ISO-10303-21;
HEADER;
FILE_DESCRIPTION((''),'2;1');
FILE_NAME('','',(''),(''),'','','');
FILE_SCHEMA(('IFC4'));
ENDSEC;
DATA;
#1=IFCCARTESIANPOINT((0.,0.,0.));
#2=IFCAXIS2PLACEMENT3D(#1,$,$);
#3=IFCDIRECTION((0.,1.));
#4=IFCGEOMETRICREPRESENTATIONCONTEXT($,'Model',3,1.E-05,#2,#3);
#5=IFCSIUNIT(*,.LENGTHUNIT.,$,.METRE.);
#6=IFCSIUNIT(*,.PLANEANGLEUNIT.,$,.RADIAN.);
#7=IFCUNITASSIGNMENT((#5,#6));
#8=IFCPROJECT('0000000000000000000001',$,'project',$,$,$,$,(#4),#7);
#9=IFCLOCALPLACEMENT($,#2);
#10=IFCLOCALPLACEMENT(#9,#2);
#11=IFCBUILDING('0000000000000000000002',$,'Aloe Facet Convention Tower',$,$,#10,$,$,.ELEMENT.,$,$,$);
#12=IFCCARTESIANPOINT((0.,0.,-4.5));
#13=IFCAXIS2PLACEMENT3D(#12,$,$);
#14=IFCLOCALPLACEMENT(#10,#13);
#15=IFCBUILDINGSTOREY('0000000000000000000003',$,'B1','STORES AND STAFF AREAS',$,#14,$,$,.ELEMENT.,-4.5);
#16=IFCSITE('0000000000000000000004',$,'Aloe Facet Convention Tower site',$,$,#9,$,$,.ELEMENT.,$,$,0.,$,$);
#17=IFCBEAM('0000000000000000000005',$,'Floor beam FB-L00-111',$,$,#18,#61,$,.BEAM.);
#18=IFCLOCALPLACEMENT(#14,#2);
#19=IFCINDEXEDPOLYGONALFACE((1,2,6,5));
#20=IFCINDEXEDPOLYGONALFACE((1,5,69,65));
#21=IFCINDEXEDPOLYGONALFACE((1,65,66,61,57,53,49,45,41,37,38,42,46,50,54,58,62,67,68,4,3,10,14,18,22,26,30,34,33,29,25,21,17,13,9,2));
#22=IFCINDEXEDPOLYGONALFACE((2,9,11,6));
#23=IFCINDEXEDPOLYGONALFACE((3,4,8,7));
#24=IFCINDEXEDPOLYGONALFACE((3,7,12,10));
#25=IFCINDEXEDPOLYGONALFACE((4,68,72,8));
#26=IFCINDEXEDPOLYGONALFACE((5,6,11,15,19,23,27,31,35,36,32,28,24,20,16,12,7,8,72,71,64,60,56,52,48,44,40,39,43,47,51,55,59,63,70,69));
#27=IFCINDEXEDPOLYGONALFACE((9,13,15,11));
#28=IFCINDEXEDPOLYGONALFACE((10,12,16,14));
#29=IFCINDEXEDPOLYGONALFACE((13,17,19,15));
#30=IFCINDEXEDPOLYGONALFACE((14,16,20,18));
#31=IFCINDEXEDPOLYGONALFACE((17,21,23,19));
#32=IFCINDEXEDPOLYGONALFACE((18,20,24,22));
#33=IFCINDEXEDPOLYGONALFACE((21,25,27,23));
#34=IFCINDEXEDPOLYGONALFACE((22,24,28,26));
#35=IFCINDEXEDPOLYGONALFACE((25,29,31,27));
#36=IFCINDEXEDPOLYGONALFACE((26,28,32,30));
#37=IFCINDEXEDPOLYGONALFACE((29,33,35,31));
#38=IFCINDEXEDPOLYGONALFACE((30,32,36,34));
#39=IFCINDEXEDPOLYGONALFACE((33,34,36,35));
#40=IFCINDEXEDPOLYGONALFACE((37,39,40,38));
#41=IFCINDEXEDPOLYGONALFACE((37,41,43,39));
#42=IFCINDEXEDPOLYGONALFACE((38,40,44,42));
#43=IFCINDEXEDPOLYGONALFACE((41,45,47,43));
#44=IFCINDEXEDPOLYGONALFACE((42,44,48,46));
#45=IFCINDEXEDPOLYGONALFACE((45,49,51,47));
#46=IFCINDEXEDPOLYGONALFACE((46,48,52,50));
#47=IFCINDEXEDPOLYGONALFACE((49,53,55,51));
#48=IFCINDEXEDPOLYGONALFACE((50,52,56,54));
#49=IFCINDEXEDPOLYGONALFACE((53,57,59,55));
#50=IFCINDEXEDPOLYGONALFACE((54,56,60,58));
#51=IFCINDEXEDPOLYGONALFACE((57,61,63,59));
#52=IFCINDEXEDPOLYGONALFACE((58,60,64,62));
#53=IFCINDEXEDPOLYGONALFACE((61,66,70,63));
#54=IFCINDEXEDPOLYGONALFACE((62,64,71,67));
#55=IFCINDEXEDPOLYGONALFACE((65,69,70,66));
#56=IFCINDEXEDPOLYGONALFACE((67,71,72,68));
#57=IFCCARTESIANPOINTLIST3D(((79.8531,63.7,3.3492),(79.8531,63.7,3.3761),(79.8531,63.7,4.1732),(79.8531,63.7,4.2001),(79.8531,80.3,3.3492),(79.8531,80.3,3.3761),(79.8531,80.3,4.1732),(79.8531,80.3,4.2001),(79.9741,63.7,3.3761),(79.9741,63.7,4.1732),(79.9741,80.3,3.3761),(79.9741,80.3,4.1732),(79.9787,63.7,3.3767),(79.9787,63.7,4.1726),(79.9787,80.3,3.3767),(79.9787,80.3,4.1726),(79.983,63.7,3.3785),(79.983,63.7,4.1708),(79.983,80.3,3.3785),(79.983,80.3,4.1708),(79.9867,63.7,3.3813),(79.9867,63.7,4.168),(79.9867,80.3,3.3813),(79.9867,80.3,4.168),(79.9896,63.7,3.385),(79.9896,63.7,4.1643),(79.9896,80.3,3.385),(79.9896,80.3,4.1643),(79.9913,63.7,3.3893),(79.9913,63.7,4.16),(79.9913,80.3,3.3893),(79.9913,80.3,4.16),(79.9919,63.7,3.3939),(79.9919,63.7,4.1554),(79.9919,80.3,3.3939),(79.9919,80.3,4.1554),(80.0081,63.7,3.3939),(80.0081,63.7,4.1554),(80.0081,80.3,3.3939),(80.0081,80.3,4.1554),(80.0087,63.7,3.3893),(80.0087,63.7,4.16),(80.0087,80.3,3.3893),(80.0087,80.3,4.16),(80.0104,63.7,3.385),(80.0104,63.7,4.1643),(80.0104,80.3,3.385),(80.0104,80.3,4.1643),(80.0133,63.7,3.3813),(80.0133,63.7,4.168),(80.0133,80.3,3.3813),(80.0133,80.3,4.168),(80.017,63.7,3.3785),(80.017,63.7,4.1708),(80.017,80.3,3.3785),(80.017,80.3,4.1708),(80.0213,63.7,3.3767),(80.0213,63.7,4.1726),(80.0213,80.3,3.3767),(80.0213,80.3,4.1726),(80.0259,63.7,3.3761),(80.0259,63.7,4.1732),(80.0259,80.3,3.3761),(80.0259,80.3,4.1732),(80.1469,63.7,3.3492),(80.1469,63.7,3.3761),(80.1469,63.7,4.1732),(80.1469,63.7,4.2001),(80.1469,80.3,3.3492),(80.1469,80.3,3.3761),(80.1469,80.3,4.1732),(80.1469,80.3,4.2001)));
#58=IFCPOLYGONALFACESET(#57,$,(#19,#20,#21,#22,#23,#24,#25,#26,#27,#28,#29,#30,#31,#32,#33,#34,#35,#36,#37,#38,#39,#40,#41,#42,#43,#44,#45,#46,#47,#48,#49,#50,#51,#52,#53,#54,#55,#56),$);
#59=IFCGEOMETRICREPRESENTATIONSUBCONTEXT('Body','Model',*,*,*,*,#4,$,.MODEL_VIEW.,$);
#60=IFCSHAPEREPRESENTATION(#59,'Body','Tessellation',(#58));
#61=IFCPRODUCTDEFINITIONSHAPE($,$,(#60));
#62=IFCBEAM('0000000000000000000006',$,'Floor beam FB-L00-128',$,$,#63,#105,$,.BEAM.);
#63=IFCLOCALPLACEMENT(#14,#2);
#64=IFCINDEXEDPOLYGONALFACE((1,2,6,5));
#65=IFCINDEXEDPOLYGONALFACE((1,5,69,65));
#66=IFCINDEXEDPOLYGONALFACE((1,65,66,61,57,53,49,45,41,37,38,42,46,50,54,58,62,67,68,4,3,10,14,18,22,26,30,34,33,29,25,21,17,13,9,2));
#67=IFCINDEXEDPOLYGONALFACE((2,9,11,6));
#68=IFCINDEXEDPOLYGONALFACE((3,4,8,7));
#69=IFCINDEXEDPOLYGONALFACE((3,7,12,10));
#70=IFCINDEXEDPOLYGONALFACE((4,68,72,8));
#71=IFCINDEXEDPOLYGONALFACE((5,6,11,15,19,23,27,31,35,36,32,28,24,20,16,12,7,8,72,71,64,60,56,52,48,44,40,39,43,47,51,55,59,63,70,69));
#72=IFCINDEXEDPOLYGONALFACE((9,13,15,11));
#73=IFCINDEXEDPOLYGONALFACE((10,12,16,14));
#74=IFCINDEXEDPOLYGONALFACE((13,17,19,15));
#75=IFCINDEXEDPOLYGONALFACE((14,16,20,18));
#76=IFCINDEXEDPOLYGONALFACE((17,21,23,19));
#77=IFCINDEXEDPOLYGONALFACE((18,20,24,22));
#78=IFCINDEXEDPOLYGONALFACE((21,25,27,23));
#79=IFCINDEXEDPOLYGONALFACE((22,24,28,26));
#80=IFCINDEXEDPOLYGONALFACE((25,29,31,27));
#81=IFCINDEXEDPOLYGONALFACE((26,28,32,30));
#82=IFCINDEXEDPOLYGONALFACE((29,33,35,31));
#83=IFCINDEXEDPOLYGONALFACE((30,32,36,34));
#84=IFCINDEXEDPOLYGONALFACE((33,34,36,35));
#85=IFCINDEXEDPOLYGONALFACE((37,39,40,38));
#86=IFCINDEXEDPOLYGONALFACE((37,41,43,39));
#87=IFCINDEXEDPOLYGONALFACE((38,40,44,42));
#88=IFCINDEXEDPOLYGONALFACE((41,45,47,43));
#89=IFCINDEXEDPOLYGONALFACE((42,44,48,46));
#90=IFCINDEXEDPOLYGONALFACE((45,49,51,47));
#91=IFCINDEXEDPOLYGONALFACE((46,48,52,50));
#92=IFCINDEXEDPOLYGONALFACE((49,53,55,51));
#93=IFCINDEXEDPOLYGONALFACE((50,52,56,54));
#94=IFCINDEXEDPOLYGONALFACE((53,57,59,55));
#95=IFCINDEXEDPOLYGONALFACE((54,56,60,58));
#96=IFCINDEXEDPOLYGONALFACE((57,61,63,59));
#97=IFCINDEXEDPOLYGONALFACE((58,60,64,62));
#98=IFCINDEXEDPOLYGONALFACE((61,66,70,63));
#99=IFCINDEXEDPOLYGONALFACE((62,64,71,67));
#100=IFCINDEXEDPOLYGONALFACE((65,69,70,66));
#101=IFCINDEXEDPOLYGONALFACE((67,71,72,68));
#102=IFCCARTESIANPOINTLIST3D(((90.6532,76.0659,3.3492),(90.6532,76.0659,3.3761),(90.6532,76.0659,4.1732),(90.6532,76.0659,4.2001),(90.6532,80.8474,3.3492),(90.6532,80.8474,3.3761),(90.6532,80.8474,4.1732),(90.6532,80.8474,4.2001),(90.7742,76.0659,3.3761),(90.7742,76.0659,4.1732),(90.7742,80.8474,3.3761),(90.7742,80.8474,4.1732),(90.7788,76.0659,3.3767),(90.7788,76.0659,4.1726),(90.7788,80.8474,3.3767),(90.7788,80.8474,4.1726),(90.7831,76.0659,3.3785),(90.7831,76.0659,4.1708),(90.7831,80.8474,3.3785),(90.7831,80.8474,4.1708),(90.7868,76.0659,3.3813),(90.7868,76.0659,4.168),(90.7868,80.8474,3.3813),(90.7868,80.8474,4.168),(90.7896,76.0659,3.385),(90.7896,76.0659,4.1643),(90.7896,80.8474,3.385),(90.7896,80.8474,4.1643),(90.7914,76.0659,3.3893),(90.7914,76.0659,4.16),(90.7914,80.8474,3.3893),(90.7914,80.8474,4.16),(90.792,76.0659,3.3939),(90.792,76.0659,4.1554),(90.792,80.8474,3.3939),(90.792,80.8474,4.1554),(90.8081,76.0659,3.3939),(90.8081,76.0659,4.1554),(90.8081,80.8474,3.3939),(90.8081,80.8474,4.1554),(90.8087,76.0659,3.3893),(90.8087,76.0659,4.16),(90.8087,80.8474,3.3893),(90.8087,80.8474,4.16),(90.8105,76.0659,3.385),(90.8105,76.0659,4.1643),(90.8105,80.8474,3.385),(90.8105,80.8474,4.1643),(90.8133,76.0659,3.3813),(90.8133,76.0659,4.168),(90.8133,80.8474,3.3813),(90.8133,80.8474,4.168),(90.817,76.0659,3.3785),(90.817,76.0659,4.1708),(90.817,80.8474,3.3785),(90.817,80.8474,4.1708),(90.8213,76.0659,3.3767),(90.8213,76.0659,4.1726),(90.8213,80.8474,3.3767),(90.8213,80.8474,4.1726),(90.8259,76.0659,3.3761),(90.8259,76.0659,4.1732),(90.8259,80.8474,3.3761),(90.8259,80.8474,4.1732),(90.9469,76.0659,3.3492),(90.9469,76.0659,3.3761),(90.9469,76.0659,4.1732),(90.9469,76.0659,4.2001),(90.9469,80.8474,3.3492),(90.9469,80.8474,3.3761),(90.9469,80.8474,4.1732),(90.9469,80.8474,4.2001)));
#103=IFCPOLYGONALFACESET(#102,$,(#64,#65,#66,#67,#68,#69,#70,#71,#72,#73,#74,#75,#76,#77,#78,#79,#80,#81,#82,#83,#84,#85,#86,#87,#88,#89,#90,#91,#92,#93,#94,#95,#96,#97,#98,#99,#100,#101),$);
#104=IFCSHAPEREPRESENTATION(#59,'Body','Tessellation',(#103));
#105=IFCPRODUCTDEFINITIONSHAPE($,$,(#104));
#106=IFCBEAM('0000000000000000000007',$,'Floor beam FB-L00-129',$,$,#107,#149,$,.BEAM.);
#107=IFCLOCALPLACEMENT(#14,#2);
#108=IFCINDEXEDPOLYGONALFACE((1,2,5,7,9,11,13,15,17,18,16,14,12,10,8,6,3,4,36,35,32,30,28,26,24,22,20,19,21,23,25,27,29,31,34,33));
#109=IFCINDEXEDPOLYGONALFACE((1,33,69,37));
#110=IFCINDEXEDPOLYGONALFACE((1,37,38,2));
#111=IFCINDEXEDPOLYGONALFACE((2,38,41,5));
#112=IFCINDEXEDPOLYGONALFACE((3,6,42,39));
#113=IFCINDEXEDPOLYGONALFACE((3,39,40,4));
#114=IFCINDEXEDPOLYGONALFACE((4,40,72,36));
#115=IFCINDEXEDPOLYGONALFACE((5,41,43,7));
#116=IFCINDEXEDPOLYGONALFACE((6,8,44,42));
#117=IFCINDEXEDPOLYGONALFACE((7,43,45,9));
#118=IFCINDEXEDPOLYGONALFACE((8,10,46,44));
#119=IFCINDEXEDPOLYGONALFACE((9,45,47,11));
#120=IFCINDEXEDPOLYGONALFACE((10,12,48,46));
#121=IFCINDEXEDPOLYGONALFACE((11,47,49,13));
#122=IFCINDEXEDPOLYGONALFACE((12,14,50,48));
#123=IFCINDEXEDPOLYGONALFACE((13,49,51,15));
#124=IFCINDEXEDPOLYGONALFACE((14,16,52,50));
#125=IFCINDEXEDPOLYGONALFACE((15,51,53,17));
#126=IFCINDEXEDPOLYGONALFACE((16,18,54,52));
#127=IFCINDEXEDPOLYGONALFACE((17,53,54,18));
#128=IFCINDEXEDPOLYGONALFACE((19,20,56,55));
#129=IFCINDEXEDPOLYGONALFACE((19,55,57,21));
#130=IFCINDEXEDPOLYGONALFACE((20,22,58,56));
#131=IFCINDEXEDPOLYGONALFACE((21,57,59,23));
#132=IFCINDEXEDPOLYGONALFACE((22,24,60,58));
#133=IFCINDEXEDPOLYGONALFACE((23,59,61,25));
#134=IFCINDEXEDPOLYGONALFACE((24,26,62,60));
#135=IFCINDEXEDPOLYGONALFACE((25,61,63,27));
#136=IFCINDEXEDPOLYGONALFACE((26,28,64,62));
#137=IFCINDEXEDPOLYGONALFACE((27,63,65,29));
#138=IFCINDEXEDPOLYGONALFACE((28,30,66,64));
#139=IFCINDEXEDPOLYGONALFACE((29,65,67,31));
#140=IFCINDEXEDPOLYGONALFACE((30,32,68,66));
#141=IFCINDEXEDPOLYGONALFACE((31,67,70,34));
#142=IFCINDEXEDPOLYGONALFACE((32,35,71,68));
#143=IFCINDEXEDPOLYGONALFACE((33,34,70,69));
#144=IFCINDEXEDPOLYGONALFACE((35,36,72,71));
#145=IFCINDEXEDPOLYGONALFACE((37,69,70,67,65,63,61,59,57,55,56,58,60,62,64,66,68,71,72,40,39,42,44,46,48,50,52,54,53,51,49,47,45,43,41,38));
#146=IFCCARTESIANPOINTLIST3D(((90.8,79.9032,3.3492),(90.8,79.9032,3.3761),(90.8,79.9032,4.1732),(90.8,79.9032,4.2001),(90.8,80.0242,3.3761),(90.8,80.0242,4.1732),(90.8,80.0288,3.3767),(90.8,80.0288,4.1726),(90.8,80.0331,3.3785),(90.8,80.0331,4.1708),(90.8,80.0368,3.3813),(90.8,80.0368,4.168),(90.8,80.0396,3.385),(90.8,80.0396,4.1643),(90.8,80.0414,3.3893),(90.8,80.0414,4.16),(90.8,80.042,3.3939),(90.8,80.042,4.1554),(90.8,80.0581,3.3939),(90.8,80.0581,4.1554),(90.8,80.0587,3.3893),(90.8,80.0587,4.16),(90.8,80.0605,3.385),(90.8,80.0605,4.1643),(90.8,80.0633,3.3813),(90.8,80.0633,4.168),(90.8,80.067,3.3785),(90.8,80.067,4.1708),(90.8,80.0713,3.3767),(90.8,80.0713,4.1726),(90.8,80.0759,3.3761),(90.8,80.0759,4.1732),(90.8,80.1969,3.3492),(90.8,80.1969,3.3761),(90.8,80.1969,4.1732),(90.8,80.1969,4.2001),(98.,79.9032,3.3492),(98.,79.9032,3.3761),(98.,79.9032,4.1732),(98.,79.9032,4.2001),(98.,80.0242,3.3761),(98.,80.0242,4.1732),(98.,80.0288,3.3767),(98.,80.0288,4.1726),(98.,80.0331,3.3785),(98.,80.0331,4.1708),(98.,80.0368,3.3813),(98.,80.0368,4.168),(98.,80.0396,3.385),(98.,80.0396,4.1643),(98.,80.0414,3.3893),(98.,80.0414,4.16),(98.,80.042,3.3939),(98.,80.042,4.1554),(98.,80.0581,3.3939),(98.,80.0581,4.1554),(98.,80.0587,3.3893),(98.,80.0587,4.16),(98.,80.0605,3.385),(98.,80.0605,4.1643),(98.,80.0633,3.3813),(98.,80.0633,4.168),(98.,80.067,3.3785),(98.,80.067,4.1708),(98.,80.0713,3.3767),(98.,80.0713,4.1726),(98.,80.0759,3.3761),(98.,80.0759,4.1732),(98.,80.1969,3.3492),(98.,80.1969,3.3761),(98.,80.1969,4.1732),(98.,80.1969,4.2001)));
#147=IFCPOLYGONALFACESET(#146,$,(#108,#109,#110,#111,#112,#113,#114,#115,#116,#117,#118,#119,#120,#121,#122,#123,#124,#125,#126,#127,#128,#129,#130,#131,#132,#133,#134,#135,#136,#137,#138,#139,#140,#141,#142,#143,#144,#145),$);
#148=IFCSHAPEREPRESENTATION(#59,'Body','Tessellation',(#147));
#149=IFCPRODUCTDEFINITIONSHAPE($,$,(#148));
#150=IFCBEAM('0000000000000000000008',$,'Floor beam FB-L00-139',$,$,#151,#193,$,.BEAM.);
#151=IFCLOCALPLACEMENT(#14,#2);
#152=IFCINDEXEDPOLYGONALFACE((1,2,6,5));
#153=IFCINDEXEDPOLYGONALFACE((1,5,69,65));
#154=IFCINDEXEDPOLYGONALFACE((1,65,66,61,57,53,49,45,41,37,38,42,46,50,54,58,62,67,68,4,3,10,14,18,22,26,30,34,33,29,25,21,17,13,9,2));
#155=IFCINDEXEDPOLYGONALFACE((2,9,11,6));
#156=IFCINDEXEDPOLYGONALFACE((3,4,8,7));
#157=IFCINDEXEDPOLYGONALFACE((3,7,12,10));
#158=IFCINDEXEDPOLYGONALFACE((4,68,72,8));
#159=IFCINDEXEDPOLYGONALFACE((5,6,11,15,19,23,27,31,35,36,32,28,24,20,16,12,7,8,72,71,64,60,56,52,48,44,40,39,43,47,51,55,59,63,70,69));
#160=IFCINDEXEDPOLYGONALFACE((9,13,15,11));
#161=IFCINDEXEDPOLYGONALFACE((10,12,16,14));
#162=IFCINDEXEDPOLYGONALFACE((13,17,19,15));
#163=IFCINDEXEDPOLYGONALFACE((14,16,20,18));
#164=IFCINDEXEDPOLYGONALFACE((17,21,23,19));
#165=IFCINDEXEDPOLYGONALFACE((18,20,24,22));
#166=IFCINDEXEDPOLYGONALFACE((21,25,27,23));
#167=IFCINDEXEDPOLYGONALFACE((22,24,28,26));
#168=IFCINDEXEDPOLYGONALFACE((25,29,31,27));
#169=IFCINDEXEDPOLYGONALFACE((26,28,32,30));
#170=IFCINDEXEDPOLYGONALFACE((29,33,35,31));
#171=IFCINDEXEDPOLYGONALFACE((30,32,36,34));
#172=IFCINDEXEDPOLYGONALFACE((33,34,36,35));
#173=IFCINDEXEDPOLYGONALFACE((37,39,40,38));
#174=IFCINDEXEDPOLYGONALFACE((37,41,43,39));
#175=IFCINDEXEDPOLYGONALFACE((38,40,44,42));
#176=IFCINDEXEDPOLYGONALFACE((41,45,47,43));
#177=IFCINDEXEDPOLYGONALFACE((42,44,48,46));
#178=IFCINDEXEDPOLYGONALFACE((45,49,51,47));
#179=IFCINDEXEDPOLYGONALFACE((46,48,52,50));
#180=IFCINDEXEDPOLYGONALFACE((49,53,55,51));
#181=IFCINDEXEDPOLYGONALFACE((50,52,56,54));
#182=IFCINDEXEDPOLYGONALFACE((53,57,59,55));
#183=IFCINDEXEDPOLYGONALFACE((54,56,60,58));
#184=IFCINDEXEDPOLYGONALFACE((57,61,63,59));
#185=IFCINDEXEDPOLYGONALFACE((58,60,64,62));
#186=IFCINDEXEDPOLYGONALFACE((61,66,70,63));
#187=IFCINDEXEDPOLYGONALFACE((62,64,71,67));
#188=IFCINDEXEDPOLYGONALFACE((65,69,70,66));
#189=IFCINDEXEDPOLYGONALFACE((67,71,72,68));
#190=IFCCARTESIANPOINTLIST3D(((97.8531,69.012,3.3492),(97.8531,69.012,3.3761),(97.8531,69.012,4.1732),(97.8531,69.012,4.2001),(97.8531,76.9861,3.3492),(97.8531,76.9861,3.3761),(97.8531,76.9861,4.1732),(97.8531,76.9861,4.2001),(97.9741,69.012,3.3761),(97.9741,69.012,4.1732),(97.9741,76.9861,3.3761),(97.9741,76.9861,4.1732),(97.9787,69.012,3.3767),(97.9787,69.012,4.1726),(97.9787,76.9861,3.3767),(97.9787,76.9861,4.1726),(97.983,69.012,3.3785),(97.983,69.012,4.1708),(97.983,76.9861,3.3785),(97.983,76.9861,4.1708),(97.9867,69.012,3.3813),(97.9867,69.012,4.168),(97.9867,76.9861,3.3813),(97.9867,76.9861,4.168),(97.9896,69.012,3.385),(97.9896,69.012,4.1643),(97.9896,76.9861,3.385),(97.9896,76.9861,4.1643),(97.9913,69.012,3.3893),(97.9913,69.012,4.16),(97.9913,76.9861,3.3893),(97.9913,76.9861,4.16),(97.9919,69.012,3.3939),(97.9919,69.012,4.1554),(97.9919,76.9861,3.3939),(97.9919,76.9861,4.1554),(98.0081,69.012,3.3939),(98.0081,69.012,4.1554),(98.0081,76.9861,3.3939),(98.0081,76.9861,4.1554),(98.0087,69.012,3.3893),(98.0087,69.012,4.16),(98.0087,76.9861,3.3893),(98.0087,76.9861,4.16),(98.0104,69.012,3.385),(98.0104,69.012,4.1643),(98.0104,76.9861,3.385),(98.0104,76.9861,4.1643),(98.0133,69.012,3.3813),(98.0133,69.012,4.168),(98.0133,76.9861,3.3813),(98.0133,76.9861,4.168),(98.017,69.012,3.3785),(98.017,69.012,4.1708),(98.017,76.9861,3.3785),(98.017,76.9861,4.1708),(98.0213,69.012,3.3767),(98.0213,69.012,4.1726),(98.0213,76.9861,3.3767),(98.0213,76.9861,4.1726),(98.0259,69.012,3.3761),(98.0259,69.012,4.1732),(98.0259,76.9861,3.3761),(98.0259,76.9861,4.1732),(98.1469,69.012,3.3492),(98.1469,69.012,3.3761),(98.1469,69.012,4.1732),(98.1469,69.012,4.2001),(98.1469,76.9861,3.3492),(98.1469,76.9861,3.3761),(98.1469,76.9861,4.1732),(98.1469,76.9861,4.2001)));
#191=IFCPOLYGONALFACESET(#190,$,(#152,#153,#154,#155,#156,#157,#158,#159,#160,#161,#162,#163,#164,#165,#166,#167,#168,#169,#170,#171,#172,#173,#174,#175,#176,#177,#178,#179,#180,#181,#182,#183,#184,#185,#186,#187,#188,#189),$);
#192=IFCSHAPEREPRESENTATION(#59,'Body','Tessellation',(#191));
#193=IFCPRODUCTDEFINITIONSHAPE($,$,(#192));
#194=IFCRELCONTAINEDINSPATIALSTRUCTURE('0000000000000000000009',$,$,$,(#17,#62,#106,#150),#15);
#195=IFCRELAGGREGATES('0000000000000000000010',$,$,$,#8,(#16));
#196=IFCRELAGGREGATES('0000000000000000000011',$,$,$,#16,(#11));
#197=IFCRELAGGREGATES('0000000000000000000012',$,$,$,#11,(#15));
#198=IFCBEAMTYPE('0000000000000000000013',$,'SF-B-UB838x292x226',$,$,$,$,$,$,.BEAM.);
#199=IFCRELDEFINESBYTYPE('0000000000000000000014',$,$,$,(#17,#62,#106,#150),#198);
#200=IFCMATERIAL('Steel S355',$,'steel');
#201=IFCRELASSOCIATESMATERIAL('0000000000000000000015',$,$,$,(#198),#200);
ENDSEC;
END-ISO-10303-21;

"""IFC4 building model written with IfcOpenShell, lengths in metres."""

from ifc_helpers import new_model, si_unit, direction, frame, origin, origin_2d, place, context, subcontext, project, spatial, i_section, extrude, material, material_profile, profile_set, type_object, element, save


model = new_model("IFC4")

# Units and contexts
model_context = context("Model", 3, precision=1e-05, world=origin(), true_north=direction((0.0, 1.0)))
body_context = subcontext(model_context, "Body", "Model", "MODEL_VIEW")
ifc_project = project(units=[si_unit("LENGTHUNIT", "METRE"), si_unit("PLANEANGLEUNIT", "RADIAN")], contexts=[model_context])

# Site, building, storey
site_placement = place(None, origin())
site = spatial("IfcSite", under=ifc_project, at=site_placement, Name="Aloe Facet Convention Tower site", CompositionType="ELEMENT", RefElevation=0.0)
building_placement = place(site_placement, origin())
building = spatial("IfcBuilding", under=site, at=building_placement, Name="Aloe Facet Convention Tower", CompositionType="ELEMENT")
storey_placement = place(building_placement, frame((0.0, 0.0, -4.5)))
storey = spatial("IfcBuildingStorey", under=building, at=storey_placement, Name="B1", Description="STORES AND STAFF AREAS", CompositionType="ELEMENT", Elevation=-4.5)

# Beams
ifc_material_1 = material(Name="Steel S355", Category="steel")
ifc_material_profile_1 = material_profile(ifc_material_1, i_section(OverallWidth=0.2937, OverallDepth=0.8508, WebThickness=0.0161, FlangeThickness=0.0269, FilletRadius=0.0178, at=origin_2d()), Name="UB 838x292x226")
ifc_profile_set_1 = profile_set([ifc_material_profile_1], Name="Steel S355")
beam_type_1 = type_object("IfcBeamType", Name="SF-B-UB838x292x226", PredefinedType="BEAM", material=ifc_profile_set_1)
beam_1_placement = place(storey_placement, frame((80.0, 63.7, 3.7747), z_axis=(0.0, 1.0, 0.0), x_axis=(-1.0, 0.0, 0.0)))
element("IfcBeam", 1, at=beam_1_placement, inside=storey, type_object=beam_type_1, Name="Floor beam FB-L00-111", PredefinedType="BEAM", context=body_context, shape_type="SweptSolid", body=[
    extrude(i_section(OverallWidth=0.2937, OverallDepth=0.8508, WebThickness=0.0161, FlangeThickness=0.0269, FilletRadius=0.0178, at=origin_2d()), origin(), (0.0, 0.0, 1.0), 16.6001),
])
beam_2_placement = place(storey_placement, frame((90.8, 76.0659, 3.7747), z_axis=(0.0, 1.0, 0.0), x_axis=(-1.0, 0.0, 0.0)))
element("IfcBeam", 2, at=beam_2_placement, inside=storey, type_object=beam_type_1, Name="Floor beam FB-L00-128", PredefinedType="BEAM", context=body_context, shape_type="SweptSolid", body=[
    extrude(i_section(OverallWidth=0.2937, OverallDepth=0.8508, WebThickness=0.0161, FlangeThickness=0.0269, FilletRadius=0.0178, at=origin_2d()), origin(), (0.0, 0.0, 1.0), 4.7815),
])
beam_3_placement = place(storey_placement, frame((90.8, 80.05, 3.7747), z_axis=(1.0, 0.0, 0.0), x_axis=(0.0, 1.0, 0.0)))
element("IfcBeam", 3, at=beam_3_placement, inside=storey, type_object=beam_type_1, Name="Floor beam FB-L00-129", PredefinedType="BEAM", context=body_context, shape_type="SweptSolid", body=[
    extrude(i_section(OverallWidth=0.2937, OverallDepth=0.8508, WebThickness=0.0161, FlangeThickness=0.0269, FilletRadius=0.0178, at=origin_2d()), origin(), (0.0, 0.0, 1.0), 7.2),
])
beam_4_placement = place(storey_placement, frame((98.0, 69.012, 3.7747), z_axis=(0.0, 1.0, 0.0), x_axis=(-1.0, 0.0, 0.0)))
element("IfcBeam", 4, at=beam_4_placement, inside=storey, type_object=beam_type_1, Name="Floor beam FB-L00-139", PredefinedType="BEAM", context=body_context, shape_type="SweptSolid", body=[
    extrude(i_section(OverallWidth=0.2937, OverallDepth=0.8508, WebThickness=0.0161, FlangeThickness=0.0269, FilletRadius=0.0178, at=origin_2d()), origin(), (0.0, 0.0, 1.0), 7.9741),
])

save(model, "model.ifc")
